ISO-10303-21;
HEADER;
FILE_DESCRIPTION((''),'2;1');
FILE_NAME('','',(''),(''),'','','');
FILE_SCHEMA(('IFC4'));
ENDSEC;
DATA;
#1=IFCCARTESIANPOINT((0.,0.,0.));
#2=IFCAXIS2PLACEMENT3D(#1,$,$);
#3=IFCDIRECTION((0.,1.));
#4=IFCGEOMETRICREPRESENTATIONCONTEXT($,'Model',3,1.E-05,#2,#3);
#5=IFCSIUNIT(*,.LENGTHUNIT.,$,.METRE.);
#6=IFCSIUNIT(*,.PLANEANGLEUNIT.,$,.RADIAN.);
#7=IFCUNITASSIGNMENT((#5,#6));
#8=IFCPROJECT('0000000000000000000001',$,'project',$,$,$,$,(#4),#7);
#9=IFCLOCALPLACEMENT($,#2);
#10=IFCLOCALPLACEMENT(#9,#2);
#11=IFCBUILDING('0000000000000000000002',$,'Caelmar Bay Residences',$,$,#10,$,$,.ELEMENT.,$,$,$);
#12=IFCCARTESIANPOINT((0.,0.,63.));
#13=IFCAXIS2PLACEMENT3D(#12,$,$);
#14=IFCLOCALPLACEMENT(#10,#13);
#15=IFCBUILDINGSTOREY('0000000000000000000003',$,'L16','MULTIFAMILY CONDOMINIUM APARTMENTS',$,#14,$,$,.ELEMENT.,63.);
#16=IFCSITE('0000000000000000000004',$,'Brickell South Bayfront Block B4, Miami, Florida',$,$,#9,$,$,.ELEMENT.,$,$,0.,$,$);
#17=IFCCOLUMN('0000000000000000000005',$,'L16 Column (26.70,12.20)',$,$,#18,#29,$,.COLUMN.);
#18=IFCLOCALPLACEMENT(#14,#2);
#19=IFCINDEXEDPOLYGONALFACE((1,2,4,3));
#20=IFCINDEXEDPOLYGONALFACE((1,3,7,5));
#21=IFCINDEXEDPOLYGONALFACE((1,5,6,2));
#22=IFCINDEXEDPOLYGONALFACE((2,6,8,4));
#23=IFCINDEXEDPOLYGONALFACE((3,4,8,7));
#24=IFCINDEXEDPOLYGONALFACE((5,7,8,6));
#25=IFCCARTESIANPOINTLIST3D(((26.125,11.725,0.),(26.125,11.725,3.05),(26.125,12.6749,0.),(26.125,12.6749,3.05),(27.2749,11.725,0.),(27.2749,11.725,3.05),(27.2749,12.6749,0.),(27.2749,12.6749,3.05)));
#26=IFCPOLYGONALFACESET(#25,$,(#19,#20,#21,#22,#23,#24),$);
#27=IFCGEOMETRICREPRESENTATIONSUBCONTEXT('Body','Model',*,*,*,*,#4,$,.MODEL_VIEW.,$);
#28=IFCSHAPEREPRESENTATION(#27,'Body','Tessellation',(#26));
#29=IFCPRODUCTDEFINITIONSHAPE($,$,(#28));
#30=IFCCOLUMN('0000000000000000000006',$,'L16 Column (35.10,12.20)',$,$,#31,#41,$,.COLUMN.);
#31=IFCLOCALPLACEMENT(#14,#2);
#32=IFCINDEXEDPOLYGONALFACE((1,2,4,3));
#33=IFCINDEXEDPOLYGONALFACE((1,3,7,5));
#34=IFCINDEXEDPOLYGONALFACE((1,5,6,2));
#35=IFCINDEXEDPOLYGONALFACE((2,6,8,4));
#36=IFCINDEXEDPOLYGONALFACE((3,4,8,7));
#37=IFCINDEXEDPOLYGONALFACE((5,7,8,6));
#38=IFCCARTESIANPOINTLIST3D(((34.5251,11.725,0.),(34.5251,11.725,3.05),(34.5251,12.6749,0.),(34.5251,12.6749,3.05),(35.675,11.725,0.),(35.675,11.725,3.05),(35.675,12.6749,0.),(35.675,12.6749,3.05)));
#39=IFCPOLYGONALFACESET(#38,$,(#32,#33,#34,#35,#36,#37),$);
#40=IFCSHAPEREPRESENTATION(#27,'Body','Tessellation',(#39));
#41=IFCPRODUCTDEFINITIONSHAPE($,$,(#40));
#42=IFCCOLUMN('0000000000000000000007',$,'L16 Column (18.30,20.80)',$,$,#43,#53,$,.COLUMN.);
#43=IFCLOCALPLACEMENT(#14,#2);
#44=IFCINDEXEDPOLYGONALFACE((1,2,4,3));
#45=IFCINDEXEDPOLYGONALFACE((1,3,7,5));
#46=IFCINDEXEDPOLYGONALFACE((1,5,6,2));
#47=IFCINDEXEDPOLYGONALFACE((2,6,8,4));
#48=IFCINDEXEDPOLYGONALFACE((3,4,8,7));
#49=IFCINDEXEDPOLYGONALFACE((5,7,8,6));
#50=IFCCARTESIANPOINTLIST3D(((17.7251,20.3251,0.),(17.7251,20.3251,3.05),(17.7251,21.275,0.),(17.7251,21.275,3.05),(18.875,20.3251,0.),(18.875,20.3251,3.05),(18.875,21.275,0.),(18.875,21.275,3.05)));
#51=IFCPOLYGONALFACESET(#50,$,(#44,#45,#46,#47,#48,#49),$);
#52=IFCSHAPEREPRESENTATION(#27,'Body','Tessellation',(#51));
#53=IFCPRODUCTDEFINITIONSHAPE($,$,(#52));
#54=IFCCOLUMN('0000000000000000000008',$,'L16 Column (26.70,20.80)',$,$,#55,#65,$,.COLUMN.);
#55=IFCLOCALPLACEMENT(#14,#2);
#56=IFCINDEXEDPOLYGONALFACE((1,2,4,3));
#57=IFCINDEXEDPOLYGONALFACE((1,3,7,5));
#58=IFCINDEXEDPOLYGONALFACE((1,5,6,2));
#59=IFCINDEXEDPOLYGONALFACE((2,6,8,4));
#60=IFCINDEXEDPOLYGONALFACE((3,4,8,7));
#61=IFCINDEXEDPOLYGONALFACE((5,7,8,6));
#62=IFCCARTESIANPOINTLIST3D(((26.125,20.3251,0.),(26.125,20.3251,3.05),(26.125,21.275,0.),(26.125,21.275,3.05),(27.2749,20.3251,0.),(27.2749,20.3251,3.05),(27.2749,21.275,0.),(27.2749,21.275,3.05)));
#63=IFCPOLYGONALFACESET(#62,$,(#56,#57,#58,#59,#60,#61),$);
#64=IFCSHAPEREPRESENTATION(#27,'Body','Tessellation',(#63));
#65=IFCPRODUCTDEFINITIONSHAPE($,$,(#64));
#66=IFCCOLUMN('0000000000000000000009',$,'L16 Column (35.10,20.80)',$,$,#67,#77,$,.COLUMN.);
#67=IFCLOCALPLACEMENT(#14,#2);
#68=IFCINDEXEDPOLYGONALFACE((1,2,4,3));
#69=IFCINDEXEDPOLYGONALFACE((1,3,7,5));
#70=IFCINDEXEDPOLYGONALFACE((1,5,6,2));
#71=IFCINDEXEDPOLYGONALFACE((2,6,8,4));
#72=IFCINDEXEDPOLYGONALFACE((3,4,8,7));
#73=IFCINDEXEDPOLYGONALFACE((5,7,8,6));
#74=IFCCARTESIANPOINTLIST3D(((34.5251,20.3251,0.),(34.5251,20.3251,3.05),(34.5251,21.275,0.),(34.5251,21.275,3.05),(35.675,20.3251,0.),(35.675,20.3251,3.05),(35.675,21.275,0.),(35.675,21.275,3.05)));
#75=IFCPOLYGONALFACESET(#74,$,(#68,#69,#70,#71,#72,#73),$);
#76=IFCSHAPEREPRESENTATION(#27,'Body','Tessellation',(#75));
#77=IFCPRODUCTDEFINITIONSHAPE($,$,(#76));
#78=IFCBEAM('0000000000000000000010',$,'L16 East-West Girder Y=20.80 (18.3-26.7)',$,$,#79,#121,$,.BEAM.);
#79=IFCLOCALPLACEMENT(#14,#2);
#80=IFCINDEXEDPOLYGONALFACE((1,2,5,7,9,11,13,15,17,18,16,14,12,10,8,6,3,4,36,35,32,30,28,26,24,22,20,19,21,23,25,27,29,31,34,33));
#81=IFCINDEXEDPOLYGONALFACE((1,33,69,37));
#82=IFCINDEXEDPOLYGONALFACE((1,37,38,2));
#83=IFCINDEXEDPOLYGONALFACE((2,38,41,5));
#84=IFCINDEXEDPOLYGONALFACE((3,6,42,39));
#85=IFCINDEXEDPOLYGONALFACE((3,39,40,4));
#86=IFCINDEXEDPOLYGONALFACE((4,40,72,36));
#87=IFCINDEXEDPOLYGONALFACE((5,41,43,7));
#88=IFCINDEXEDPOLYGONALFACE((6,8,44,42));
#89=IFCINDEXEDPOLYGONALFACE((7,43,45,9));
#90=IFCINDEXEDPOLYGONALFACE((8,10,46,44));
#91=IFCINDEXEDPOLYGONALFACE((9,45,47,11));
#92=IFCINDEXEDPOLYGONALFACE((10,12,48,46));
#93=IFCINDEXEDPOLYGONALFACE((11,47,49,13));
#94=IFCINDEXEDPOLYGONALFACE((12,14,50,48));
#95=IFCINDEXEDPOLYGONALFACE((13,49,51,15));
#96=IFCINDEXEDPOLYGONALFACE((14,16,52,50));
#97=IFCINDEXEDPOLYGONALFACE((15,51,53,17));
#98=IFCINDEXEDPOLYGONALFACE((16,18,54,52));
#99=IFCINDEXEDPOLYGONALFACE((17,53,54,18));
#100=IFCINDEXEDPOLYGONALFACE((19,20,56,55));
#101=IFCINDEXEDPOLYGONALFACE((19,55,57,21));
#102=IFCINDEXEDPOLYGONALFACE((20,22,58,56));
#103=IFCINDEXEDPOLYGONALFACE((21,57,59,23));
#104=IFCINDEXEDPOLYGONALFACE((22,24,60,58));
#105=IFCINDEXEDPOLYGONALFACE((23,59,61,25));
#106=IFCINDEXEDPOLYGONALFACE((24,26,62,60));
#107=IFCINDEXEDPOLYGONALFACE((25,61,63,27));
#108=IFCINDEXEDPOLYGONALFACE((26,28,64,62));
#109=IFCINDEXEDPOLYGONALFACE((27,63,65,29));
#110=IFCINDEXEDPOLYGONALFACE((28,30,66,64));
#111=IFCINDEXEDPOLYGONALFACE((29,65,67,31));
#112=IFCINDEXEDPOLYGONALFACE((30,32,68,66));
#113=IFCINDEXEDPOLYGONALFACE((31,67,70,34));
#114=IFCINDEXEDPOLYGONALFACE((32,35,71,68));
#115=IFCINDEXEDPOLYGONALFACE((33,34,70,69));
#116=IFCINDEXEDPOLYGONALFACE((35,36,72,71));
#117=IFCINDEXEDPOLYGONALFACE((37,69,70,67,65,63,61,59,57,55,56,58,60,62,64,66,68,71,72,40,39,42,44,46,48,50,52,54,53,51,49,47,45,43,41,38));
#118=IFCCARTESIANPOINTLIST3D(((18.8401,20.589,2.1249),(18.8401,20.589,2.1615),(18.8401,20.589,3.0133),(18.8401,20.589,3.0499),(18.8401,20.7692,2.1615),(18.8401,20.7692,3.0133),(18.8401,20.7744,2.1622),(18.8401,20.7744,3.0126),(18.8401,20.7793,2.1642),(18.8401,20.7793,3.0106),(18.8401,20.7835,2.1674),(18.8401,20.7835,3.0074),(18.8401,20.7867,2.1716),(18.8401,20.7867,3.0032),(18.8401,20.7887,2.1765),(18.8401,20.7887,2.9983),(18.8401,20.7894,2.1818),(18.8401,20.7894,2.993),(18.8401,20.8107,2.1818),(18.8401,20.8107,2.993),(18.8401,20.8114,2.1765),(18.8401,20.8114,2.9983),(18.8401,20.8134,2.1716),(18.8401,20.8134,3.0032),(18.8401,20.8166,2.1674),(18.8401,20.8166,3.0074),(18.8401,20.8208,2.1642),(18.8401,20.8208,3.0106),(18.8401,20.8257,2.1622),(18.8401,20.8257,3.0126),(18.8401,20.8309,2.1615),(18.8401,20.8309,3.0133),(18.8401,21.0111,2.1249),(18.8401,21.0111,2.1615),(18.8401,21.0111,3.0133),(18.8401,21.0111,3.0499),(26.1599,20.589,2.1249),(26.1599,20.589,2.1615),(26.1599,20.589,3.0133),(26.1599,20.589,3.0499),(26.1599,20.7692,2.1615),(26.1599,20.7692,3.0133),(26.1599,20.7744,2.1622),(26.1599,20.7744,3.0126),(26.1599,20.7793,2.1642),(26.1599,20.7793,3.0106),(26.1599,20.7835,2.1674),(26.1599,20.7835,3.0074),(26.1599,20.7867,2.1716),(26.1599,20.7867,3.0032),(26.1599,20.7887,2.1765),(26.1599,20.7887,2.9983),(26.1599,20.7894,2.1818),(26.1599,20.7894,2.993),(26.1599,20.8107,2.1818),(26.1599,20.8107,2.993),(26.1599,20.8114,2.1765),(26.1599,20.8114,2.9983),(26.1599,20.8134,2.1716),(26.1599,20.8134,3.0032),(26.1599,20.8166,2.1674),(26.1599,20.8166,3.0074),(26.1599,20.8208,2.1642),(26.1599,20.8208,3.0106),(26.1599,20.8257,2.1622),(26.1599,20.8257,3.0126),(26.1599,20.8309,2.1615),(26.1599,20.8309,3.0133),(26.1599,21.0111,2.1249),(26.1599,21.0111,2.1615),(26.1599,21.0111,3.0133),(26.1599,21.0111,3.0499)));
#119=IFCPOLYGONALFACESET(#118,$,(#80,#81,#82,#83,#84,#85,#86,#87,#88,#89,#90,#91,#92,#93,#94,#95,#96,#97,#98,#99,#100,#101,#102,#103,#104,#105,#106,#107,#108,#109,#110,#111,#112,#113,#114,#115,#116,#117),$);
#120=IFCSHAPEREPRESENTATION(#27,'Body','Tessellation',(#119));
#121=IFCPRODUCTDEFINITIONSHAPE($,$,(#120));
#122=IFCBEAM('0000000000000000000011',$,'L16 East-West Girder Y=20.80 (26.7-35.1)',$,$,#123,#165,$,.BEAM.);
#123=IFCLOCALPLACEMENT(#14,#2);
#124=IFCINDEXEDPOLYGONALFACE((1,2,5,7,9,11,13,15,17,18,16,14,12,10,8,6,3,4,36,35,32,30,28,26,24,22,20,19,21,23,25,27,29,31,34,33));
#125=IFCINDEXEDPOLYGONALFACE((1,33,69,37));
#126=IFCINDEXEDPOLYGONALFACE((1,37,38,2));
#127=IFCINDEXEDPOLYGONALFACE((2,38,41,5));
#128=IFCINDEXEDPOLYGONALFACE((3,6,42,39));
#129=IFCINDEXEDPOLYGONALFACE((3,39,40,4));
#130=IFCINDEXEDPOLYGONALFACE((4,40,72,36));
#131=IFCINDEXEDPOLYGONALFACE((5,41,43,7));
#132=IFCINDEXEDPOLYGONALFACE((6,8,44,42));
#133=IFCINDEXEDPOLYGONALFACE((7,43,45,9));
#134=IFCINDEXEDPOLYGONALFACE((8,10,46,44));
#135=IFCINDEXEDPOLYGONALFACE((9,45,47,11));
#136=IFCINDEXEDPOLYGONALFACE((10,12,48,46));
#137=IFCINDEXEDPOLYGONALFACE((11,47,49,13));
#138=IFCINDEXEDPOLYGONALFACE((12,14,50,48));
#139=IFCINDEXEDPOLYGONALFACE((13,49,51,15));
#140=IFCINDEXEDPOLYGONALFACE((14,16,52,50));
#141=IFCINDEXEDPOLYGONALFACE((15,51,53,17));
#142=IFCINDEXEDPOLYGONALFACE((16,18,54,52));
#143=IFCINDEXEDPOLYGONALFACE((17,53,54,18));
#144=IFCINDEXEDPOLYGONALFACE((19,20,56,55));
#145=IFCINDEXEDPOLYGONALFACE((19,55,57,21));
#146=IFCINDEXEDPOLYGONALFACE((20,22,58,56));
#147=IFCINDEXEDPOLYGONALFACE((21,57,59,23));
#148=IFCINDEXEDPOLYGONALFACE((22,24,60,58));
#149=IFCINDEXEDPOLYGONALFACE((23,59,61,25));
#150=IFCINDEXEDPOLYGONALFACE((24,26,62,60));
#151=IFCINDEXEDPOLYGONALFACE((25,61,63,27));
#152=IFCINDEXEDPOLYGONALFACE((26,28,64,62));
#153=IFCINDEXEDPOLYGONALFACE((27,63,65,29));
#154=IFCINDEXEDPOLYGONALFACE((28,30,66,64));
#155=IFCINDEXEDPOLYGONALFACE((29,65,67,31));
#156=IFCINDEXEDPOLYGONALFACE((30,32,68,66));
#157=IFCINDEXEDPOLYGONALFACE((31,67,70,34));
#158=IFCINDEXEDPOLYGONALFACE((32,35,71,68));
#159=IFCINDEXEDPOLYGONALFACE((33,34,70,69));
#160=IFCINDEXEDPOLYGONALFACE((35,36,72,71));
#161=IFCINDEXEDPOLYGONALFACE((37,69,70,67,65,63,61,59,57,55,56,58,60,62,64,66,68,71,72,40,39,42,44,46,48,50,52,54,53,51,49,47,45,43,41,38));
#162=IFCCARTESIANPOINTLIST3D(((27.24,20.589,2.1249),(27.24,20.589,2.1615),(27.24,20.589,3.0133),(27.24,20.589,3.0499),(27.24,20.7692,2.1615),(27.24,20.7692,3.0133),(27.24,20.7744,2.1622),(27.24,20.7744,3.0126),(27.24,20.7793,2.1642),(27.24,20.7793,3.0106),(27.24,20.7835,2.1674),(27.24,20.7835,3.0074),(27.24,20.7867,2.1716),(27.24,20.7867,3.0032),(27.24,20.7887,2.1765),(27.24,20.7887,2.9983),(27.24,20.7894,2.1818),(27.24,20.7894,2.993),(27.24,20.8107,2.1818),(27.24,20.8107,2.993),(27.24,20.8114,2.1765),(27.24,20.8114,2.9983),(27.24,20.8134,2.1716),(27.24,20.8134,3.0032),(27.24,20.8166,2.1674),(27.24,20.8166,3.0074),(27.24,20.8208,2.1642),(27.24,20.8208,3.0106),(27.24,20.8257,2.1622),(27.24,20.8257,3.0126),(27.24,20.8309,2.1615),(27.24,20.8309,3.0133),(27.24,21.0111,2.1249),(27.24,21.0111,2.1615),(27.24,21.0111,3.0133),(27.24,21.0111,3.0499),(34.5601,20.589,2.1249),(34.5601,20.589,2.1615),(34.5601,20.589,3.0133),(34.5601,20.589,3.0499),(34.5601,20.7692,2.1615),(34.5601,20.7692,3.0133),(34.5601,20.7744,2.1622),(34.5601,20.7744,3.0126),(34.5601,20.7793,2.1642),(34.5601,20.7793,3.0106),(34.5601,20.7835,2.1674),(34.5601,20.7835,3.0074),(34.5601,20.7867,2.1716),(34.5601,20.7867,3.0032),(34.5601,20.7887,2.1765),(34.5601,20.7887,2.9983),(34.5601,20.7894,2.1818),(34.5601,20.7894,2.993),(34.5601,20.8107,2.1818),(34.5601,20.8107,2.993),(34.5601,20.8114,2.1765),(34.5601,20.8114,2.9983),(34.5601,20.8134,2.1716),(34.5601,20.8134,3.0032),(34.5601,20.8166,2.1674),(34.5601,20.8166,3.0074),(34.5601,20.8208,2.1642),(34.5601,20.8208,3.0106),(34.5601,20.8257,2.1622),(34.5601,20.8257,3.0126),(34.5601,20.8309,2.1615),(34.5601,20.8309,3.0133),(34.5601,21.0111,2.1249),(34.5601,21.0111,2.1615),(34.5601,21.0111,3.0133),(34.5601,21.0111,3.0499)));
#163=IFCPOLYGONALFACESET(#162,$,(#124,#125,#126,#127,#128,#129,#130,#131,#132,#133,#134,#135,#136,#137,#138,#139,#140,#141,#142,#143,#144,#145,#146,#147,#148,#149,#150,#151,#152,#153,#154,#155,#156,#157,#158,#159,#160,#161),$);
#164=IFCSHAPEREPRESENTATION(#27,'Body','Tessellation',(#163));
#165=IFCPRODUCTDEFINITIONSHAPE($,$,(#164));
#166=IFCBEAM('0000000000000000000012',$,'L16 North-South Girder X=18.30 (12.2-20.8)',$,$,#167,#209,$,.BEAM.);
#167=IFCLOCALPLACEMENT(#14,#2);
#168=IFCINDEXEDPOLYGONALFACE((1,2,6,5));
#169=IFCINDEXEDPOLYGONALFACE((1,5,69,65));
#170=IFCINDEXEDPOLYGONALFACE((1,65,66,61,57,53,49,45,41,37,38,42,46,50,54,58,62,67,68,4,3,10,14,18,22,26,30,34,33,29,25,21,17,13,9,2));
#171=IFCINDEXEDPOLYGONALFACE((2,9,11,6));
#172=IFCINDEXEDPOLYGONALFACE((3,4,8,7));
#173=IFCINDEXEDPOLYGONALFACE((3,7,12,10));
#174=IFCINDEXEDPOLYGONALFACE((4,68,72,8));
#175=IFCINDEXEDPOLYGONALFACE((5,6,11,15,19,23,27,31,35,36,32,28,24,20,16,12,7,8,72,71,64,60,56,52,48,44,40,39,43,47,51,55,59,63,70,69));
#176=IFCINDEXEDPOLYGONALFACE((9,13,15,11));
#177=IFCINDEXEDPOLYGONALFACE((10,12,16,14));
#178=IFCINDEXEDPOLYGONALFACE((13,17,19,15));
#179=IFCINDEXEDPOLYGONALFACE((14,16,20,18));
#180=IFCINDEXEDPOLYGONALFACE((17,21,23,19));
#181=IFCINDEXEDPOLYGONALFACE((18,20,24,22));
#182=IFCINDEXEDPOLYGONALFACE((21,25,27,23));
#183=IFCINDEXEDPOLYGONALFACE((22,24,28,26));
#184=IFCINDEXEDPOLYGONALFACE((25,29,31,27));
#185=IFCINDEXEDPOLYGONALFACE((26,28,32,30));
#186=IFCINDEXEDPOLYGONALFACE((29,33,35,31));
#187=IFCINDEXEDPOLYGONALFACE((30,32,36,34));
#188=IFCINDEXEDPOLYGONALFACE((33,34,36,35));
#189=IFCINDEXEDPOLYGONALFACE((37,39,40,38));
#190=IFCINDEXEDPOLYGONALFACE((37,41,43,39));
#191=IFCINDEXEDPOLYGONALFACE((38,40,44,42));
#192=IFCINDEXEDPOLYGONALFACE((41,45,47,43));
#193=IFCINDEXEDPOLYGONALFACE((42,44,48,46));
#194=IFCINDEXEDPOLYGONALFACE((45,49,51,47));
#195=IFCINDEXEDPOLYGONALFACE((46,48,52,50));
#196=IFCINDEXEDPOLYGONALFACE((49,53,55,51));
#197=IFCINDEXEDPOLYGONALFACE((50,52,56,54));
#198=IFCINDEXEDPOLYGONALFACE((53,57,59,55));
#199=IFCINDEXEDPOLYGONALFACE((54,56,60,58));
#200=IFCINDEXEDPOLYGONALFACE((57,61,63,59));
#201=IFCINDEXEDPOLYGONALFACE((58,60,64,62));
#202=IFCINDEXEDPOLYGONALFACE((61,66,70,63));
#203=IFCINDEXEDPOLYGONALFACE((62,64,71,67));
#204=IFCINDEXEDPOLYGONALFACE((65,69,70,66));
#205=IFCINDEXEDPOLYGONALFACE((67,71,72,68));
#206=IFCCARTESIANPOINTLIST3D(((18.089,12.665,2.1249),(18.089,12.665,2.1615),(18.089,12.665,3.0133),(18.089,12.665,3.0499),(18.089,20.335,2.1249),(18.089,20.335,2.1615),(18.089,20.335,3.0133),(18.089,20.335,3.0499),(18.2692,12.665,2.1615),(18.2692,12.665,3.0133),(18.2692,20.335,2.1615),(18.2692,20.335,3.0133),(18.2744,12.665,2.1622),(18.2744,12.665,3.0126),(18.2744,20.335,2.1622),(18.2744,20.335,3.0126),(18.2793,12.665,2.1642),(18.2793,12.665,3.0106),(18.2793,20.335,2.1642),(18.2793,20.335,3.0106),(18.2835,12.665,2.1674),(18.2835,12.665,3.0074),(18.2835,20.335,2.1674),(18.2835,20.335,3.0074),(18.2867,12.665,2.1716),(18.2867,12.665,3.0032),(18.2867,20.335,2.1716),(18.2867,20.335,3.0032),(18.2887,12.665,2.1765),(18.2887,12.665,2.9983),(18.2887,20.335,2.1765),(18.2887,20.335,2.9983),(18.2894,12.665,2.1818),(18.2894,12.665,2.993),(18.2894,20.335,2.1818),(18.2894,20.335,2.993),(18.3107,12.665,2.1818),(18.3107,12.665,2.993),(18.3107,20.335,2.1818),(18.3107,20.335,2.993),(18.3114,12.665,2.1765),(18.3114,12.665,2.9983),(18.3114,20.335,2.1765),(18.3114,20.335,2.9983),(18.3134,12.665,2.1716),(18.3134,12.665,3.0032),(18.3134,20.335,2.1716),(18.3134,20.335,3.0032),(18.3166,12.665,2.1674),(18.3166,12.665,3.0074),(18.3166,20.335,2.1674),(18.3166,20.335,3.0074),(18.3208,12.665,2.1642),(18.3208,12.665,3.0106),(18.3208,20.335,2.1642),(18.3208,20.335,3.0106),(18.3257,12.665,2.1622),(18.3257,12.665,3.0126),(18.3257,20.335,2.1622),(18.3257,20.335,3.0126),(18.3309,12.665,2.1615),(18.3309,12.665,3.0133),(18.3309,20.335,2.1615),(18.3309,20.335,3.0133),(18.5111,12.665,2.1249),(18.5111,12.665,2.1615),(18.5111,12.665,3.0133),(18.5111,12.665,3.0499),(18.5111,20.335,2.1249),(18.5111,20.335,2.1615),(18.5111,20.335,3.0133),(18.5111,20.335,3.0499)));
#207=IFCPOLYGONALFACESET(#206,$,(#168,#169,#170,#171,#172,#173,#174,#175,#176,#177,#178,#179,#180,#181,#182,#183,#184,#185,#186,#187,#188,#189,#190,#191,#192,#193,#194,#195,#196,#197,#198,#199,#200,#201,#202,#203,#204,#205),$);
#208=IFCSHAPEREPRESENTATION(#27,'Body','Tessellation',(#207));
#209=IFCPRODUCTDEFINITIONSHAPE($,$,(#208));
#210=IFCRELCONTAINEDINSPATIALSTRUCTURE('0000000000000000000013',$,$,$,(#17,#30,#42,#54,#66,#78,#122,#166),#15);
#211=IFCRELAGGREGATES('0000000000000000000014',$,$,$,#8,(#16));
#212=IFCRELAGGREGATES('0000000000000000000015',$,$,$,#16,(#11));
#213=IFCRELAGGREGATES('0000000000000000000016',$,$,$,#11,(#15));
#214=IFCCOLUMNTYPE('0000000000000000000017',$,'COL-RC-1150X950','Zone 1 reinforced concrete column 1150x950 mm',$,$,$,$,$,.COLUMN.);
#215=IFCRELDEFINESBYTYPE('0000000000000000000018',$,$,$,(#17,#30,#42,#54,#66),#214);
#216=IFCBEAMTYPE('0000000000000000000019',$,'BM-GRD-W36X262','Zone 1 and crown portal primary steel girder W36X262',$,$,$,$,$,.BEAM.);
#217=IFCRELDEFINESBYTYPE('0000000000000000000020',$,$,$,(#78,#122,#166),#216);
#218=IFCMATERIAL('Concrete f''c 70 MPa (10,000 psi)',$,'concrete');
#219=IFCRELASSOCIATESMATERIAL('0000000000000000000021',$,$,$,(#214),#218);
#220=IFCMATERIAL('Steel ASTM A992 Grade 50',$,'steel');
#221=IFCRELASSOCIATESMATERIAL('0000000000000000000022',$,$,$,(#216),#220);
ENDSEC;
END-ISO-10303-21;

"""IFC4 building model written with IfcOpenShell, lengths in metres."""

from ifc_helpers import new_model, si_unit, direction, frame, origin, origin_2d, place, context, subcontext, project, spatial, rectangle, i_section, extrude, material, material_profile, profile_set, type_object, element, save


model = new_model("IFC4")

# Units and contexts
model_context = context("Model", 3, precision=1e-05, world=origin(), true_north=direction((0.0, 1.0)))
body_context = subcontext(model_context, "Body", "Model", "MODEL_VIEW")
ifc_project = project(units=[si_unit("LENGTHUNIT", "METRE"), si_unit("PLANEANGLEUNIT", "RADIAN")], contexts=[model_context])

# Site, building, storey
site_placement = place(None, origin())
site = spatial("IfcSite", under=ifc_project, at=site_placement, Name="Brickell South Bayfront Block B4, Miami, Florida", CompositionType="ELEMENT", RefElevation=0.0)
building_placement = place(site_placement, origin())
building = spatial("IfcBuilding", under=site, at=building_placement, Name="Caelmar Bay Residences", CompositionType="ELEMENT")
storey_placement = place(building_placement, frame((0.0, 0.0, 63.0)))
storey = spatial("IfcBuildingStorey", under=building, at=storey_placement, Name="L16", Description="MULTIFAMILY CONDOMINIUM APARTMENTS", CompositionType="ELEMENT", Elevation=63.0)

# Columns
ifc_material_1 = material(Name="Concrete f'c 70 MPa (10,000 psi)", Category="concrete")
ifc_material_profile_1 = material_profile(ifc_material_1, rectangle(XDim=1.1499, YDim=0.95, at=origin_2d()), Name="RC-COL-1150X950")
ifc_profile_set_1 = profile_set([ifc_material_profile_1], Name="Concrete f'c 70 MPa (10,000 psi)")
column_type = type_object("IfcColumnType", Name="COL-RC-1150X950", Description="Zone 1 reinforced concrete column 1150x950 mm", PredefinedType="COLUMN", material=ifc_profile_set_1)
for number, where, z_axis, x_axis, name in (
    (1, (26.7, 12.2, 0.0), (0.0, 0.0, 1.0), (1.0, 0.0, 0.0), "L16 Column (26.70,12.20)"),
    (2, (35.1001, 12.2, 0.0), (0.0, 0.0, 1.0), (1.0, 0.0, 0.0), "L16 Column (35.10,12.20)"),
    (3, (18.3, 20.8, 0.0), (0.0, 0.0, 1.0), (1.0, 0.0, 0.0), "L16 Column (18.30,20.80)"),
    (4, (26.7, 20.8, 0.0), (0.0, 0.0, 1.0), (1.0, 0.0, 0.0), "L16 Column (26.70,20.80)"),
    (5, (35.1001, 20.8, 0.0), (0.0, 0.0, 1.0), (1.0, 0.0, 0.0), "L16 Column (35.10,20.80)"),
):
    element("IfcColumn", number, at=place(storey_placement, frame(where, z_axis=z_axis, x_axis=x_axis)), inside=storey, type_object=column_type, Name=name, PredefinedType="COLUMN", context=body_context, shape_type="SweptSolid", body=[
        extrude(rectangle(XDim=1.1499, YDim=0.95, at=origin_2d()), origin(), (0.0, 0.0, 1.0), 3.05),
    ])

# Beams
ifc_material_2 = material(Name="Steel ASTM A992 Grade 50", Category="steel")
ifc_material_profile_2 = material_profile(ifc_material_2, i_section(OverallWidth=0.4221, OverallDepth=0.925, WebThickness=0.0212, FlangeThickness=0.0366, FilletRadius=0.0203, at=origin_2d()), Name="W36X262")
ifc_profile_set_2 = profile_set([ifc_material_profile_2], Name="Steel ASTM A992 Grade 50")
beam_type_1 = type_object("IfcBeamType", Name="BM-GRD-W36X262", Description="Zone 1 and crown portal primary steel girder W36X262", PredefinedType="BEAM", material=ifc_profile_set_2)
beam_1_placement = place(storey_placement, frame((18.8401, 20.8, 2.5874), z_axis=(1.0, 0.0, 0.0), x_axis=(0.0, 1.0, 0.0)))
element("IfcBeam", 6, at=beam_1_placement, inside=storey, type_object=beam_type_1, Name="L16 East-West Girder Y=20.80 (18.3-26.7)", PredefinedType="BEAM", context=body_context, shape_type="SweptSolid", body=[
    extrude(i_section(OverallWidth=0.4221, OverallDepth=0.925, WebThickness=0.0212, FlangeThickness=0.0366, FilletRadius=0.0203, at=origin_2d()), origin(), (0.0, 0.0, 1.0), 7.3198),
])
beam_2_placement = place(storey_placement, frame((27.24, 20.8, 2.5874), z_axis=(1.0, 0.0, 0.0), x_axis=(0.0, 1.0, 0.0)))
element("IfcBeam", 7, at=beam_2_placement, inside=storey, type_object=beam_type_1, Name="L16 East-West Girder Y=20.80 (26.7-35.1)", PredefinedType="BEAM", context=body_context, shape_type="SweptSolid", body=[
    extrude(i_section(OverallWidth=0.4221, OverallDepth=0.925, WebThickness=0.0212, FlangeThickness=0.0366, FilletRadius=0.0203, at=origin_2d()), origin(), (0.0, 0.0, 1.0), 7.3201),
])
beam_3_placement = place(storey_placement, frame((18.3, 12.665, 2.5874), z_axis=(0.0, 1.0, 0.0), x_axis=(-1.0, 0.0, 0.0)))
element("IfcBeam", 8, at=beam_3_placement, inside=storey, type_object=beam_type_1, Name="L16 North-South Girder X=18.30 (12.2-20.8)", PredefinedType="BEAM", context=body_context, shape_type="SweptSolid", body=[
    extrude(i_section(OverallWidth=0.4221, OverallDepth=0.925, WebThickness=0.0212, FlangeThickness=0.0366, FilletRadius=0.0203, at=origin_2d()), origin(), (0.0, 0.0, 1.0), 7.6699),
])

save(model, "model.ifc")
